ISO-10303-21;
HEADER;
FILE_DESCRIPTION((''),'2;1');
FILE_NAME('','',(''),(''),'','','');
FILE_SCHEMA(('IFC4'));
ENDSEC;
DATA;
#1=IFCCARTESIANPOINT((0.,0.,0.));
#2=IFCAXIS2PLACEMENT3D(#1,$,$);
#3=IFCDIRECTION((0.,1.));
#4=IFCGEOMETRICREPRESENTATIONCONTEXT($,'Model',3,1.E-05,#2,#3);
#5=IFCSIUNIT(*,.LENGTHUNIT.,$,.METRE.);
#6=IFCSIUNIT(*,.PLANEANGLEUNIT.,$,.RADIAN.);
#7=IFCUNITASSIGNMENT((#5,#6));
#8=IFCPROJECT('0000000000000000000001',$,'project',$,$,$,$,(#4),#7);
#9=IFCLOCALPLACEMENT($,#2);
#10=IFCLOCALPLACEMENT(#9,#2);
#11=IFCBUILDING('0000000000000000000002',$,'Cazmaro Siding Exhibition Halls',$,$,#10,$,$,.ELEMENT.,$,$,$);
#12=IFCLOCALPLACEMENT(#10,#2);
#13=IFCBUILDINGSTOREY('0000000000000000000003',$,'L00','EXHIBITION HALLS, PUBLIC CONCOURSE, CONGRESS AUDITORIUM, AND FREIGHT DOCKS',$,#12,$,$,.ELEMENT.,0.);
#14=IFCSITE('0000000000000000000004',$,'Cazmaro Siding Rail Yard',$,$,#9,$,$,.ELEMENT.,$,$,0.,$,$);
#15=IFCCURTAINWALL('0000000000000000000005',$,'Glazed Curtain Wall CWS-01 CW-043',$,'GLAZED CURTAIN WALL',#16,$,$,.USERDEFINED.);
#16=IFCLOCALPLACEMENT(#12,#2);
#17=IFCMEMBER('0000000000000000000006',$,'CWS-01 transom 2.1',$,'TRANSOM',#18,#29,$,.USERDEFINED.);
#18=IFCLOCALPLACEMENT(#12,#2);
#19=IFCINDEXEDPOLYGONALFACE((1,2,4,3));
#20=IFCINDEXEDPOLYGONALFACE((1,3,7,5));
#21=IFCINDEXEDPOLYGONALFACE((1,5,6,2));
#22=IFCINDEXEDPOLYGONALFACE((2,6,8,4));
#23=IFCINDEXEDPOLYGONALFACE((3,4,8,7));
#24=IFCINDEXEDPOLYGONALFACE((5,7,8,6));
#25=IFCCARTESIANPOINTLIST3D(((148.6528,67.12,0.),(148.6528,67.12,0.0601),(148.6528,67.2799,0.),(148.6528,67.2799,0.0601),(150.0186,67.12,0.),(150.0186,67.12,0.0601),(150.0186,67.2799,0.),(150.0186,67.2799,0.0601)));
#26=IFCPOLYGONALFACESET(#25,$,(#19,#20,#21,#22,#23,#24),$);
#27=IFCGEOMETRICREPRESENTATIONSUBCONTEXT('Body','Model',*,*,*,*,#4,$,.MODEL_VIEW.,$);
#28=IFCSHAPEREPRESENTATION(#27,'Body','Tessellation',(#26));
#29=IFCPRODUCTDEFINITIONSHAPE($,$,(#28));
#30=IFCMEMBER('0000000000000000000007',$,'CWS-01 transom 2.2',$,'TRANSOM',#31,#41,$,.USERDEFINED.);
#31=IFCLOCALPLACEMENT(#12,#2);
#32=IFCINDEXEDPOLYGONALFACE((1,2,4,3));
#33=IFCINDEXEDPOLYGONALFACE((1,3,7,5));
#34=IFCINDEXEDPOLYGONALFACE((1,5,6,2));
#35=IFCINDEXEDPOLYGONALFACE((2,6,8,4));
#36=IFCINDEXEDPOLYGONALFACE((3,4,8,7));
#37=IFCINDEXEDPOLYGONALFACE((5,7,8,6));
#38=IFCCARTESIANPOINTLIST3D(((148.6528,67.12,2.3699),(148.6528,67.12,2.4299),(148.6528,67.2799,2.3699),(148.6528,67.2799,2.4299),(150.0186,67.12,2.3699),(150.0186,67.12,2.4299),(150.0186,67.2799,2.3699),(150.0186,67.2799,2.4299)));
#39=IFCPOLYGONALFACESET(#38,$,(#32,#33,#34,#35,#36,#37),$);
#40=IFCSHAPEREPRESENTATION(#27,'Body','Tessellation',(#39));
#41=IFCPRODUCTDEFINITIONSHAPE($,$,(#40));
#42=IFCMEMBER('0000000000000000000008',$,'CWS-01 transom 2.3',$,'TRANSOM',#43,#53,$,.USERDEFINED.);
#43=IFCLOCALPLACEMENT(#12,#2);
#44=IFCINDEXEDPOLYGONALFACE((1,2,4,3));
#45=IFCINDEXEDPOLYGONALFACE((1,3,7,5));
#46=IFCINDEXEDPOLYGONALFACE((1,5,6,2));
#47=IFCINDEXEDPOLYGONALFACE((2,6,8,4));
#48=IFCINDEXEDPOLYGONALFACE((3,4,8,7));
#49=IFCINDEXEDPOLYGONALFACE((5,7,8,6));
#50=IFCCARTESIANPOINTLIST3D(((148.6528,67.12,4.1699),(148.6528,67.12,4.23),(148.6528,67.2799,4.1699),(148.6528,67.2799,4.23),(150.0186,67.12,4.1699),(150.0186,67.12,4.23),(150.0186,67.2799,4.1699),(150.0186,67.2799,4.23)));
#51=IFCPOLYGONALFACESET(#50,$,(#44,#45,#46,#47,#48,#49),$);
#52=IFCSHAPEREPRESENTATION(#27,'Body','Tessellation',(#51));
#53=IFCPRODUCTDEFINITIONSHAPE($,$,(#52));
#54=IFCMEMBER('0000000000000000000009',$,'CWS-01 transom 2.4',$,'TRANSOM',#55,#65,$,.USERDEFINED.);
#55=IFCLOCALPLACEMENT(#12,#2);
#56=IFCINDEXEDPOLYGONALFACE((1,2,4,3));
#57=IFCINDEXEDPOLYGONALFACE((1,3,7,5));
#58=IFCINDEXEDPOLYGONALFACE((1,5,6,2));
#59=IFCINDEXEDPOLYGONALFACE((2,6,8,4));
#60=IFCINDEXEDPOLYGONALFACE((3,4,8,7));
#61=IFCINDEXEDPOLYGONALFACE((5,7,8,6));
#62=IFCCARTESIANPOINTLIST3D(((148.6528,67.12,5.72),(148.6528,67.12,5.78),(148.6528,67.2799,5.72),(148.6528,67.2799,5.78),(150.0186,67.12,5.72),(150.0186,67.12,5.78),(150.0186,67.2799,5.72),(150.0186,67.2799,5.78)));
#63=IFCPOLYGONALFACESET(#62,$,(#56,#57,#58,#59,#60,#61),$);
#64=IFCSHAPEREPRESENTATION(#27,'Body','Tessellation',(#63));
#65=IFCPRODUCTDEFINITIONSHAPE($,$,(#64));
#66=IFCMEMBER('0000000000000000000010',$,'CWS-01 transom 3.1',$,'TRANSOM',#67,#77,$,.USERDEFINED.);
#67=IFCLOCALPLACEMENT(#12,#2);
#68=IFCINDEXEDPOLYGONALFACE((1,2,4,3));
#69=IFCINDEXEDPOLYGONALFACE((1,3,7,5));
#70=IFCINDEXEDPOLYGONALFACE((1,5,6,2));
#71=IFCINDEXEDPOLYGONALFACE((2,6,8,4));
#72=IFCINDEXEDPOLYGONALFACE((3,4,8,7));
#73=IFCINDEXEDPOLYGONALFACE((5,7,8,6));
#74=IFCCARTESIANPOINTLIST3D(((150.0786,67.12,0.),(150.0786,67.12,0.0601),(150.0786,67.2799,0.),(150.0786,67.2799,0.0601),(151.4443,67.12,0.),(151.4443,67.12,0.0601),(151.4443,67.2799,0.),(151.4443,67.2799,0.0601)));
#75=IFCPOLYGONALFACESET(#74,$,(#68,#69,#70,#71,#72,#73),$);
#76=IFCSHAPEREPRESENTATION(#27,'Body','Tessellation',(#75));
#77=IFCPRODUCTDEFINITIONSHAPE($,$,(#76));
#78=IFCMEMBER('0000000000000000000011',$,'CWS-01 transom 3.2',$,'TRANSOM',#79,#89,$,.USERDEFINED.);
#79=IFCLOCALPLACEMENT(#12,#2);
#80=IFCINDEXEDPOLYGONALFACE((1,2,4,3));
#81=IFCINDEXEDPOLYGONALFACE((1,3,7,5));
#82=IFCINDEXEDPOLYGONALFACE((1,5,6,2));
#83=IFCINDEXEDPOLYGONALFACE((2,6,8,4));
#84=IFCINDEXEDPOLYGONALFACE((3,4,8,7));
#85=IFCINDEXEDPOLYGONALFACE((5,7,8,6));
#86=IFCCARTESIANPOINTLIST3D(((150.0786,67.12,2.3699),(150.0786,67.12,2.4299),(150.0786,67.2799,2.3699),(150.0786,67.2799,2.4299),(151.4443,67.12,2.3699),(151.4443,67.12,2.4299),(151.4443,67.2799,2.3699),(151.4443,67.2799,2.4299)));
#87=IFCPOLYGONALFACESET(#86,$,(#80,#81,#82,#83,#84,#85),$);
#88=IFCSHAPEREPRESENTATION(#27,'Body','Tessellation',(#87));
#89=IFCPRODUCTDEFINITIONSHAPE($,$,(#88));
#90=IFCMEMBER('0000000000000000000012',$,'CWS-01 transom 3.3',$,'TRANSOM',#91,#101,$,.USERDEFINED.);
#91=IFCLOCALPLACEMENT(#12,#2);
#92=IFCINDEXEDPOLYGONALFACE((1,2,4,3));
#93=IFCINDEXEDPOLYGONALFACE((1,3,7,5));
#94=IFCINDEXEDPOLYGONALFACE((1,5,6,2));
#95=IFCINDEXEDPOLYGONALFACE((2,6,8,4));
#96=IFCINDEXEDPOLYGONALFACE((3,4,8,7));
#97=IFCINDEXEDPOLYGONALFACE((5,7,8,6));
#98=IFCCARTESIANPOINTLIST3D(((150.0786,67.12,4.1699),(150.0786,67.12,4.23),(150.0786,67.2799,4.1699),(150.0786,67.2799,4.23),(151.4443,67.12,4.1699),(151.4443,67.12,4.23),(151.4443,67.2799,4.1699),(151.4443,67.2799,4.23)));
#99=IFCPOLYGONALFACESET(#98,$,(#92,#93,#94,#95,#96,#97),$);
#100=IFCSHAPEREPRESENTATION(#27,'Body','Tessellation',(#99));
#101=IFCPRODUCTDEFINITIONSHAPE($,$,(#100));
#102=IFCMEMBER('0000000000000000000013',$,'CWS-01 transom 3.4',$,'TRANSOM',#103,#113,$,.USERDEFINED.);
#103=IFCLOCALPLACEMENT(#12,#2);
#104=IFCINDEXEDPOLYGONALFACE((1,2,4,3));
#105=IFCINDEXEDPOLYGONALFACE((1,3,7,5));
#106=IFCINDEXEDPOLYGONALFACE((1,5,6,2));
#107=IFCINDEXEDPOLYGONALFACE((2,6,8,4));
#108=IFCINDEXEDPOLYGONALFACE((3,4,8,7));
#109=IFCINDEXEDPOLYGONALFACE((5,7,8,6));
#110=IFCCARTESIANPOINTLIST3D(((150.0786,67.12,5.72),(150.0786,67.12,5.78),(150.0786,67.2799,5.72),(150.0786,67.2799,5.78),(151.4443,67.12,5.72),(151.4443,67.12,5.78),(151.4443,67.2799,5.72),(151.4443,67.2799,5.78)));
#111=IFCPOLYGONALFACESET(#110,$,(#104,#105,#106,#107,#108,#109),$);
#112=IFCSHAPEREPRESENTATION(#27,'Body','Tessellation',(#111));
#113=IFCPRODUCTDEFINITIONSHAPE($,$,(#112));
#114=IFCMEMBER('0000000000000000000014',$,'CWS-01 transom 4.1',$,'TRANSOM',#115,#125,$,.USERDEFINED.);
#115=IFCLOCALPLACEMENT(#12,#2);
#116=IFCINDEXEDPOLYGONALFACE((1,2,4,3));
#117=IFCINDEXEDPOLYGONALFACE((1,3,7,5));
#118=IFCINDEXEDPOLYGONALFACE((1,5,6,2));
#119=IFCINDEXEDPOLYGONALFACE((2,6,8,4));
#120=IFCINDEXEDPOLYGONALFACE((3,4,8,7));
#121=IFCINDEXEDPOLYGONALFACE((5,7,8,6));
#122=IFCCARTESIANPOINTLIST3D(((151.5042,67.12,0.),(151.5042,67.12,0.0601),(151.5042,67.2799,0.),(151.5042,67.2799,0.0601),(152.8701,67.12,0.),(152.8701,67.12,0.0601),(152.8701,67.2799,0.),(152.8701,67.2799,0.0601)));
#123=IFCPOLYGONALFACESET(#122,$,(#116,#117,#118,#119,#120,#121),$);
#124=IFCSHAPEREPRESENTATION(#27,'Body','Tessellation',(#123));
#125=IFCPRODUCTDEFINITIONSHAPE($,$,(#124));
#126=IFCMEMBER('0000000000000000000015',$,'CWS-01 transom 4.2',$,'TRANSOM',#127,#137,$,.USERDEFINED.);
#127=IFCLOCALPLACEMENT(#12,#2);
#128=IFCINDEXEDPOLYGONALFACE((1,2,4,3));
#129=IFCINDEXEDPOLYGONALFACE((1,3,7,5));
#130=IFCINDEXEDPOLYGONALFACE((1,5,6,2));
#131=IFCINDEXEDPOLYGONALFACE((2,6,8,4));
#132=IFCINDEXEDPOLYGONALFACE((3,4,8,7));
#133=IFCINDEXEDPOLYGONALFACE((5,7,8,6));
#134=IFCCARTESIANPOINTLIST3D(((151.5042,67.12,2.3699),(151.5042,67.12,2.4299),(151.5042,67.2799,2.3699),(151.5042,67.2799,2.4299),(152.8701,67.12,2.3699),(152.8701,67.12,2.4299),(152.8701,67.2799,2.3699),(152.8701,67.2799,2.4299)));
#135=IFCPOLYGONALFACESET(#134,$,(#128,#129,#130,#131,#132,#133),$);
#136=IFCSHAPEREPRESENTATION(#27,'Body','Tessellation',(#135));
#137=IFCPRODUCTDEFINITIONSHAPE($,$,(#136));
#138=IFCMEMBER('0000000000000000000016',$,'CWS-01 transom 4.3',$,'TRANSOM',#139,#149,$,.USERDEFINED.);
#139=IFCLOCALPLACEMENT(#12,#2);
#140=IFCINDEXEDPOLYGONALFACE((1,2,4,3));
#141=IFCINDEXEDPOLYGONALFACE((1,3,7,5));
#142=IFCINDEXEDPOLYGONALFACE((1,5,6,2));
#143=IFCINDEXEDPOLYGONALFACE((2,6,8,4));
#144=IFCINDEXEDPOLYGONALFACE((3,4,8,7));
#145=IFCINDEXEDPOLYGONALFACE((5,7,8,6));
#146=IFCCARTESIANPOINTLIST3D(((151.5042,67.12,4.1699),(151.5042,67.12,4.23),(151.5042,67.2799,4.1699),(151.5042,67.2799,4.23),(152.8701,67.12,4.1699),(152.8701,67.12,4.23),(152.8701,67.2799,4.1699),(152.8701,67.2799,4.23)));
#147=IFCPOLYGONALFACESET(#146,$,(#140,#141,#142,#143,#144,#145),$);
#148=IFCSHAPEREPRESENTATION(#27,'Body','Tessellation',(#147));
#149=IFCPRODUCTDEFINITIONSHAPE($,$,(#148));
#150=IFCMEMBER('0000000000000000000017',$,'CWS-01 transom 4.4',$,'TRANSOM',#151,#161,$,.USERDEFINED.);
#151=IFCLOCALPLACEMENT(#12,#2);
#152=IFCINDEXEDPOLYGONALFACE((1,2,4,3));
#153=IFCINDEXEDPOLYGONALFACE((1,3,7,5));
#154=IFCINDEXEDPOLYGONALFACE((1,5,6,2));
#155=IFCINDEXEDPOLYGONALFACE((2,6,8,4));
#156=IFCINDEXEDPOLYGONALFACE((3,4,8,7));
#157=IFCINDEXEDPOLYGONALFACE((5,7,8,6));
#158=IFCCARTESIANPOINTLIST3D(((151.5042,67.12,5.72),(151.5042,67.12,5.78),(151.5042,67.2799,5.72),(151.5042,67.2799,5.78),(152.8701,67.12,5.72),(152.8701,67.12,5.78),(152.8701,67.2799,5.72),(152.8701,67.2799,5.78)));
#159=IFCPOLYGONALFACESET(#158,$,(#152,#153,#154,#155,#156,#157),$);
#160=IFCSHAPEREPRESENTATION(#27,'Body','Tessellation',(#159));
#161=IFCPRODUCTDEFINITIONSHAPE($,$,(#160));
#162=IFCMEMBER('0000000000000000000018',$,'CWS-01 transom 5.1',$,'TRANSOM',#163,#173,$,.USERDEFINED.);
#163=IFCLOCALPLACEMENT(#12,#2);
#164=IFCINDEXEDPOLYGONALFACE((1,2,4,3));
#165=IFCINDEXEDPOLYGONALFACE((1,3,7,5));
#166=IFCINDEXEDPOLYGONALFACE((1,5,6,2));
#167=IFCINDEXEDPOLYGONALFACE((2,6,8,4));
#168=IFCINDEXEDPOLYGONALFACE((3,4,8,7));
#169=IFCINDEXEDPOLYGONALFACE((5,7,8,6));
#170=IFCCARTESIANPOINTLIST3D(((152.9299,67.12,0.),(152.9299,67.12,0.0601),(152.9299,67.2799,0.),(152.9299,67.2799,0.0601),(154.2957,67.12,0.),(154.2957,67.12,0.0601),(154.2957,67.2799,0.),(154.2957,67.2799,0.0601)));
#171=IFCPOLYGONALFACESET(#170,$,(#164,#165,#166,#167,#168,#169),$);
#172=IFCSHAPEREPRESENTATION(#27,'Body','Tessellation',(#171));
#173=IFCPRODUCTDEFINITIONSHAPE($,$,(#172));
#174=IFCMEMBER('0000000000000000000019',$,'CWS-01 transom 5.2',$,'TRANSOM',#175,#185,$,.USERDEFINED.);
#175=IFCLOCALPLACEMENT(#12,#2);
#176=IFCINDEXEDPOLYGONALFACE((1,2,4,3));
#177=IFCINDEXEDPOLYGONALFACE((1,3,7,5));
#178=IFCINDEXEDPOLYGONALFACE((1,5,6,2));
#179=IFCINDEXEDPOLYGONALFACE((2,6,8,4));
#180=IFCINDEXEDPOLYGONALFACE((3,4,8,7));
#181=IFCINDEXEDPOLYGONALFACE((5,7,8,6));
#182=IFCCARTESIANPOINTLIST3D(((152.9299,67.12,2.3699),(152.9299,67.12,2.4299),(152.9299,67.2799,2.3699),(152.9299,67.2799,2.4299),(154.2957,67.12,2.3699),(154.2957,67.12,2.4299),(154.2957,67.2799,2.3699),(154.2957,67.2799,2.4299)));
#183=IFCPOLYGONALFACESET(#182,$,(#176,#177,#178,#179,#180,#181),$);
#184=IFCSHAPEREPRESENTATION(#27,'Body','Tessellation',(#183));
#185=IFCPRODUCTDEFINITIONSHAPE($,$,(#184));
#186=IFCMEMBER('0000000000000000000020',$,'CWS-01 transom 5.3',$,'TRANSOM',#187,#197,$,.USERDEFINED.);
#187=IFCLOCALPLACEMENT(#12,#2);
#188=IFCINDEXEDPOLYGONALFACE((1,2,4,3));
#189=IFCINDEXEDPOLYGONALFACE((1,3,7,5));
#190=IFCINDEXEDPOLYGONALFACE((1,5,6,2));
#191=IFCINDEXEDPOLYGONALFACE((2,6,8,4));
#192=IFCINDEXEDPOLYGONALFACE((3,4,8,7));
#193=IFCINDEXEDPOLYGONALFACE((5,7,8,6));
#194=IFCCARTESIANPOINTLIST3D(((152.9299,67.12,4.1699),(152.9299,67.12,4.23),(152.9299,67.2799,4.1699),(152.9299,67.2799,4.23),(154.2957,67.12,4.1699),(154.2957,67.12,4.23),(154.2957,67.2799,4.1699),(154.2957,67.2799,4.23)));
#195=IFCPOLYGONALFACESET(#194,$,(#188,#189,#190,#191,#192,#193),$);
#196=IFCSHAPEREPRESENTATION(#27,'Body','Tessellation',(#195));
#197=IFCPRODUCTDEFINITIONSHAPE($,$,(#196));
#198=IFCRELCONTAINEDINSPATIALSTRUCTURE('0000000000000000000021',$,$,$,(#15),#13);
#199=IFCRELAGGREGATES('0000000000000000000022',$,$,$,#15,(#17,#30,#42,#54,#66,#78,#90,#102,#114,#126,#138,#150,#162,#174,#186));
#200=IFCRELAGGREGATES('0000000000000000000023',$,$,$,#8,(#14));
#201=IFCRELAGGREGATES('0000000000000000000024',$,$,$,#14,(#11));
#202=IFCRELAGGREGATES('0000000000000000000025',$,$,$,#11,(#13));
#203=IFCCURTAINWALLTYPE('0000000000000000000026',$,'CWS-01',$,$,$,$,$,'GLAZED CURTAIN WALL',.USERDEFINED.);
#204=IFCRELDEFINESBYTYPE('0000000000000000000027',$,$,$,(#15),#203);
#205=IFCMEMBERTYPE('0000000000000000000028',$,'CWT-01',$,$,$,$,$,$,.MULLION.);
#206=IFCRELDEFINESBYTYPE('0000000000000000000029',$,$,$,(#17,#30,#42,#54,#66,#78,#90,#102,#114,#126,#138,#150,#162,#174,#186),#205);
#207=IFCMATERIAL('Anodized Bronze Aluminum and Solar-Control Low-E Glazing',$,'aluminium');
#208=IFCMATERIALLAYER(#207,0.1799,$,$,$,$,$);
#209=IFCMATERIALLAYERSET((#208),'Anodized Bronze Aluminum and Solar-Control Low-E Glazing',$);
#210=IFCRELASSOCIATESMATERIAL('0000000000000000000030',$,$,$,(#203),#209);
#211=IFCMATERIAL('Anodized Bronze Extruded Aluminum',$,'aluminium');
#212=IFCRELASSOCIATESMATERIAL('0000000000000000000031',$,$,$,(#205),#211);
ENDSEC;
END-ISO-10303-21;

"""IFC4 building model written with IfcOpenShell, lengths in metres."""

from ifc_helpers import new_model, si_unit, direction, frame, origin, origin_2d, place, context, subcontext, project, spatial, rectangle, extrude, material, layer, layer_set, material_profile, profile_set, type_object, element, aggregate, save


model = new_model("IFC4")

# Units and contexts
model_context = context("Model", 3, precision=1e-05, world=origin(), true_north=direction((0.0, 1.0)))
body_context = subcontext(model_context, "Body", "Model", "MODEL_VIEW")
ifc_project = project(units=[si_unit("LENGTHUNIT", "METRE"), si_unit("PLANEANGLEUNIT", "RADIAN")], contexts=[model_context])

# Site, building, storey
site_placement = place(None, origin())
site = spatial("IfcSite", under=ifc_project, at=site_placement, Name="Cazmaro Siding Rail Yard", CompositionType="ELEMENT", RefElevation=0.0)
building_placement = place(site_placement, origin())
building = spatial("IfcBuilding", under=site, at=building_placement, Name="Cazmaro Siding Exhibition Halls", CompositionType="ELEMENT")
storey_placement = place(building_placement, origin())
storey = spatial("IfcBuildingStorey", under=building, at=storey_placement, Name="L00", Description="EXHIBITION HALLS, PUBLIC CONCOURSE, CONGRESS AUDITORIUM, AND FREIGHT DOCKS", CompositionType="ELEMENT", Elevation=0.0)

# Curtain wall, members
ifc_material_1 = material(Name="Anodized Bronze Aluminum and Solar-Control Low-E Glazing", Category="aluminium")
ifc_layer_1 = layer(ifc_material_1, 0.1799)
ifc_layer_set_1 = layer_set([ifc_layer_1], Name="Anodized Bronze Aluminum and Solar-Control Low-E Glazing")
curtain_wall_type = type_object("IfcCurtainWallType", Name="CWS-01", ElementType="GLAZED CURTAIN WALL", PredefinedType="USERDEFINED", material=ifc_layer_set_1)
curtain_wall_placement = place(storey_placement, origin())
curtain_wall = element("IfcCurtainWall", 1, at=curtain_wall_placement, inside=storey, type_object=curtain_wall_type, Name="Glazed Curtain Wall CWS-01 CW-043", ObjectType="GLAZED CURTAIN WALL", PredefinedType="USERDEFINED")
ifc_material_2 = material(Name="Anodized Bronze Extruded Aluminum", Category="aluminium")
ifc_material_profile_1 = material_profile(ifc_material_2, rectangle(XDim=0.1599, YDim=0.0601, at=origin_2d()), Name="CWT-01")
ifc_profile_set_1 = profile_set([ifc_material_profile_1], Name="Anodized Bronze Extruded Aluminum")
member_type_1 = type_object("IfcMemberType", Name="CWT-01", PredefinedType="MULLION", material=ifc_profile_set_1)
member_1_placement = place(storey_placement, frame((148.6528, 67.2, 0.03), z_axis=(1.0, 0.0, 0.0), x_axis=(0.0, 1.0, 0.0)))
member_1 = element("IfcMember", 2, at=member_1_placement, type_object=member_type_1, Name="CWS-01 transom 2.1", ObjectType="TRANSOM", PredefinedType="USERDEFINED", context=body_context, shape_type="SweptSolid", body=[
    extrude(rectangle(XDim=0.1599, YDim=0.0601, at=origin_2d()), origin(), (0.0, 0.0, 1.0), 1.3657),
])
member_2_placement = place(storey_placement, frame((148.6528, 67.2, 2.3999), z_axis=(1.0, 0.0, 0.0), x_axis=(0.0, 1.0, 0.0)))
member_2 = element("IfcMember", 3, at=member_2_placement, type_object=member_type_1, Name="CWS-01 transom 2.2", ObjectType="TRANSOM", PredefinedType="USERDEFINED", context=body_context, shape_type="SweptSolid", body=[
    extrude(rectangle(XDim=0.1599, YDim=0.0601, at=origin_2d()), origin(), (0.0, 0.0, 1.0), 1.3657),
])
member_3_placement = place(storey_placement, frame((148.6528, 67.2, 4.2), z_axis=(1.0, 0.0, 0.0), x_axis=(0.0, 1.0, 0.0)))
member_3 = element("IfcMember", 4, at=member_3_placement, type_object=member_type_1, Name="CWS-01 transom 2.3", ObjectType="TRANSOM", PredefinedType="USERDEFINED", context=body_context, shape_type="SweptSolid", body=[
    extrude(rectangle(XDim=0.1599, YDim=0.0601, at=origin_2d()), origin(), (0.0, 0.0, 1.0), 1.3657),
])
member_4_placement = place(storey_placement, frame((148.6528, 67.2, 5.75), z_axis=(1.0, 0.0, 0.0), x_axis=(0.0, 1.0, 0.0)))
member_4 = element("IfcMember", 5, at=member_4_placement, type_object=member_type_1, Name="CWS-01 transom 2.4", ObjectType="TRANSOM", PredefinedType="USERDEFINED", context=body_context, shape_type="SweptSolid", body=[
    extrude(rectangle(XDim=0.1599, YDim=0.0601, at=origin_2d()), origin(), (0.0, 0.0, 1.0), 1.3657),
])
member_5_placement = place(storey_placement, frame((150.0786, 67.2, 0.03), z_axis=(1.0, 0.0, 0.0), x_axis=(0.0, 1.0, 0.0)))
member_5 = element("IfcMember", 6, at=member_5_placement, type_object=member_type_1, Name="CWS-01 transom 3.1", ObjectType="TRANSOM", PredefinedType="USERDEFINED", context=body_context, shape_type="SweptSolid", body=[
    extrude(rectangle(XDim=0.1599, YDim=0.0601, at=origin_2d()), origin(), (0.0, 0.0, 1.0), 1.3657),
])
member_6_placement = place(storey_placement, frame((150.0786, 67.2, 2.3999), z_axis=(1.0, 0.0, 0.0), x_axis=(0.0, 1.0, 0.0)))
member_6 = element("IfcMember", 7, at=member_6_placement, type_object=member_type_1, Name="CWS-01 transom 3.2", ObjectType="TRANSOM", PredefinedType="USERDEFINED", context=body_context, shape_type="SweptSolid", body=[
    extrude(rectangle(XDim=0.1599, YDim=0.0601, at=origin_2d()), origin(), (0.0, 0.0, 1.0), 1.3657),
])
member_7_placement = place(storey_placement, frame((150.0786, 67.2, 4.2), z_axis=(1.0, 0.0, 0.0), x_axis=(0.0, 1.0, 0.0)))
member_7 = element("IfcMember", 8, at=member_7_placement, type_object=member_type_1, Name="CWS-01 transom 3.3", ObjectType="TRANSOM", PredefinedType="USERDEFINED", context=body_context, shape_type="SweptSolid", body=[
    extrude(rectangle(XDim=0.1599, YDim=0.0601, at=origin_2d()), origin(), (0.0, 0.0, 1.0), 1.3657),
])
member_8_placement = place(storey_placement, frame((150.0786, 67.2, 5.75), z_axis=(1.0, 0.0, 0.0), x_axis=(0.0, 1.0, 0.0)))
member_8 = element("IfcMember", 9, at=member_8_placement, type_object=member_type_1, Name="CWS-01 transom 3.4", ObjectType="TRANSOM", PredefinedType="USERDEFINED", context=body_context, shape_type="SweptSolid", body=[
    extrude(rectangle(XDim=0.1599, YDim=0.0601, at=origin_2d()), origin(), (0.0, 0.0, 1.0), 1.3657),
])
member_9_placement = place(storey_placement, frame((151.5042, 67.2, 0.03), z_axis=(1.0, 0.0, 0.0), x_axis=(0.0, 1.0, 0.0)))
member_9 = element("IfcMember", 10, at=member_9_placement, type_object=member_type_1, Name="CWS-01 transom 4.1", ObjectType="TRANSOM", PredefinedType="USERDEFINED", context=body_context, shape_type="SweptSolid", body=[
    extrude(rectangle(XDim=0.1599, YDim=0.0601, at=origin_2d()), origin(), (0.0, 0.0, 1.0), 1.366),
])
member_10_placement = place(storey_placement, frame((151.5042, 67.2, 2.3999), z_axis=(1.0, 0.0, 0.0), x_axis=(0.0, 1.0, 0.0)))
member_10 = element("IfcMember", 11, at=member_10_placement, type_object=member_type_1, Name="CWS-01 transom 4.2", ObjectType="TRANSOM", PredefinedType="USERDEFINED", context=body_context, shape_type="SweptSolid", body=[
    extrude(rectangle(XDim=0.1599, YDim=0.0601, at=origin_2d()), origin(), (0.0, 0.0, 1.0), 1.366),
])
member_11_placement = place(storey_placement, frame((151.5042, 67.2, 4.2), z_axis=(1.0, 0.0, 0.0), x_axis=(0.0, 1.0, 0.0)))
member_11 = element("IfcMember", 12, at=member_11_placement, type_object=member_type_1, Name="CWS-01 transom 4.3", ObjectType="TRANSOM", PredefinedType="USERDEFINED", context=body_context, shape_type="SweptSolid", body=[
    extrude(rectangle(XDim=0.1599, YDim=0.0601, at=origin_2d()), origin(), (0.0, 0.0, 1.0), 1.366),
])
member_12_placement = place(storey_placement, frame((151.5042, 67.2, 5.75), z_axis=(1.0, 0.0, 0.0), x_axis=(0.0, 1.0, 0.0)))
member_12 = element("IfcMember", 13, at=member_12_placement, type_object=member_type_1, Name="CWS-01 transom 4.4", ObjectType="TRANSOM", PredefinedType="USERDEFINED", context=body_context, shape_type="SweptSolid", body=[
    extrude(rectangle(XDim=0.1599, YDim=0.0601, at=origin_2d()), origin(), (0.0, 0.0, 1.0), 1.366),
])
member_13_placement = place(storey_placement, frame((152.9299, 67.2, 0.03), z_axis=(1.0, 0.0, 0.0), x_axis=(0.0, 1.0, 0.0)))
member_13 = element("IfcMember", 14, at=member_13_placement, type_object=member_type_1, Name="CWS-01 transom 5.1", ObjectType="TRANSOM", PredefinedType="USERDEFINED", context=body_context, shape_type="SweptSolid", body=[
    extrude(rectangle(XDim=0.1599, YDim=0.0601, at=origin_2d()), origin(), (0.0, 0.0, 1.0), 1.3657),
])
member_14_placement = place(storey_placement, frame((152.9299, 67.2, 2.3999), z_axis=(1.0, 0.0, 0.0), x_axis=(0.0, 1.0, 0.0)))
member_14 = element("IfcMember", 15, at=member_14_placement, type_object=member_type_1, Name="CWS-01 transom 5.2", ObjectType="TRANSOM", PredefinedType="USERDEFINED", context=body_context, shape_type="SweptSolid", body=[
    extrude(rectangle(XDim=0.1599, YDim=0.0601, at=origin_2d()), origin(), (0.0, 0.0, 1.0), 1.3657),
])
member_15_placement = place(storey_placement, frame((152.9299, 67.2, 4.2), z_axis=(1.0, 0.0, 0.0), x_axis=(0.0, 1.0, 0.0)))
member_15 = element("IfcMember", 16, at=member_15_placement, type_object=member_type_1, Name="CWS-01 transom 5.3", ObjectType="TRANSOM", PredefinedType="USERDEFINED", context=body_context, shape_type="SweptSolid", body=[
    extrude(rectangle(XDim=0.1599, YDim=0.0601, at=origin_2d()), origin(), (0.0, 0.0, 1.0), 1.3657),
])
aggregate(curtain_wall, [member_1, member_2, member_3, member_4, member_5, member_6, member_7, member_8, member_9, member_10, member_11, member_12, member_13, member_14, member_15])

save(model, "model.ifc")
